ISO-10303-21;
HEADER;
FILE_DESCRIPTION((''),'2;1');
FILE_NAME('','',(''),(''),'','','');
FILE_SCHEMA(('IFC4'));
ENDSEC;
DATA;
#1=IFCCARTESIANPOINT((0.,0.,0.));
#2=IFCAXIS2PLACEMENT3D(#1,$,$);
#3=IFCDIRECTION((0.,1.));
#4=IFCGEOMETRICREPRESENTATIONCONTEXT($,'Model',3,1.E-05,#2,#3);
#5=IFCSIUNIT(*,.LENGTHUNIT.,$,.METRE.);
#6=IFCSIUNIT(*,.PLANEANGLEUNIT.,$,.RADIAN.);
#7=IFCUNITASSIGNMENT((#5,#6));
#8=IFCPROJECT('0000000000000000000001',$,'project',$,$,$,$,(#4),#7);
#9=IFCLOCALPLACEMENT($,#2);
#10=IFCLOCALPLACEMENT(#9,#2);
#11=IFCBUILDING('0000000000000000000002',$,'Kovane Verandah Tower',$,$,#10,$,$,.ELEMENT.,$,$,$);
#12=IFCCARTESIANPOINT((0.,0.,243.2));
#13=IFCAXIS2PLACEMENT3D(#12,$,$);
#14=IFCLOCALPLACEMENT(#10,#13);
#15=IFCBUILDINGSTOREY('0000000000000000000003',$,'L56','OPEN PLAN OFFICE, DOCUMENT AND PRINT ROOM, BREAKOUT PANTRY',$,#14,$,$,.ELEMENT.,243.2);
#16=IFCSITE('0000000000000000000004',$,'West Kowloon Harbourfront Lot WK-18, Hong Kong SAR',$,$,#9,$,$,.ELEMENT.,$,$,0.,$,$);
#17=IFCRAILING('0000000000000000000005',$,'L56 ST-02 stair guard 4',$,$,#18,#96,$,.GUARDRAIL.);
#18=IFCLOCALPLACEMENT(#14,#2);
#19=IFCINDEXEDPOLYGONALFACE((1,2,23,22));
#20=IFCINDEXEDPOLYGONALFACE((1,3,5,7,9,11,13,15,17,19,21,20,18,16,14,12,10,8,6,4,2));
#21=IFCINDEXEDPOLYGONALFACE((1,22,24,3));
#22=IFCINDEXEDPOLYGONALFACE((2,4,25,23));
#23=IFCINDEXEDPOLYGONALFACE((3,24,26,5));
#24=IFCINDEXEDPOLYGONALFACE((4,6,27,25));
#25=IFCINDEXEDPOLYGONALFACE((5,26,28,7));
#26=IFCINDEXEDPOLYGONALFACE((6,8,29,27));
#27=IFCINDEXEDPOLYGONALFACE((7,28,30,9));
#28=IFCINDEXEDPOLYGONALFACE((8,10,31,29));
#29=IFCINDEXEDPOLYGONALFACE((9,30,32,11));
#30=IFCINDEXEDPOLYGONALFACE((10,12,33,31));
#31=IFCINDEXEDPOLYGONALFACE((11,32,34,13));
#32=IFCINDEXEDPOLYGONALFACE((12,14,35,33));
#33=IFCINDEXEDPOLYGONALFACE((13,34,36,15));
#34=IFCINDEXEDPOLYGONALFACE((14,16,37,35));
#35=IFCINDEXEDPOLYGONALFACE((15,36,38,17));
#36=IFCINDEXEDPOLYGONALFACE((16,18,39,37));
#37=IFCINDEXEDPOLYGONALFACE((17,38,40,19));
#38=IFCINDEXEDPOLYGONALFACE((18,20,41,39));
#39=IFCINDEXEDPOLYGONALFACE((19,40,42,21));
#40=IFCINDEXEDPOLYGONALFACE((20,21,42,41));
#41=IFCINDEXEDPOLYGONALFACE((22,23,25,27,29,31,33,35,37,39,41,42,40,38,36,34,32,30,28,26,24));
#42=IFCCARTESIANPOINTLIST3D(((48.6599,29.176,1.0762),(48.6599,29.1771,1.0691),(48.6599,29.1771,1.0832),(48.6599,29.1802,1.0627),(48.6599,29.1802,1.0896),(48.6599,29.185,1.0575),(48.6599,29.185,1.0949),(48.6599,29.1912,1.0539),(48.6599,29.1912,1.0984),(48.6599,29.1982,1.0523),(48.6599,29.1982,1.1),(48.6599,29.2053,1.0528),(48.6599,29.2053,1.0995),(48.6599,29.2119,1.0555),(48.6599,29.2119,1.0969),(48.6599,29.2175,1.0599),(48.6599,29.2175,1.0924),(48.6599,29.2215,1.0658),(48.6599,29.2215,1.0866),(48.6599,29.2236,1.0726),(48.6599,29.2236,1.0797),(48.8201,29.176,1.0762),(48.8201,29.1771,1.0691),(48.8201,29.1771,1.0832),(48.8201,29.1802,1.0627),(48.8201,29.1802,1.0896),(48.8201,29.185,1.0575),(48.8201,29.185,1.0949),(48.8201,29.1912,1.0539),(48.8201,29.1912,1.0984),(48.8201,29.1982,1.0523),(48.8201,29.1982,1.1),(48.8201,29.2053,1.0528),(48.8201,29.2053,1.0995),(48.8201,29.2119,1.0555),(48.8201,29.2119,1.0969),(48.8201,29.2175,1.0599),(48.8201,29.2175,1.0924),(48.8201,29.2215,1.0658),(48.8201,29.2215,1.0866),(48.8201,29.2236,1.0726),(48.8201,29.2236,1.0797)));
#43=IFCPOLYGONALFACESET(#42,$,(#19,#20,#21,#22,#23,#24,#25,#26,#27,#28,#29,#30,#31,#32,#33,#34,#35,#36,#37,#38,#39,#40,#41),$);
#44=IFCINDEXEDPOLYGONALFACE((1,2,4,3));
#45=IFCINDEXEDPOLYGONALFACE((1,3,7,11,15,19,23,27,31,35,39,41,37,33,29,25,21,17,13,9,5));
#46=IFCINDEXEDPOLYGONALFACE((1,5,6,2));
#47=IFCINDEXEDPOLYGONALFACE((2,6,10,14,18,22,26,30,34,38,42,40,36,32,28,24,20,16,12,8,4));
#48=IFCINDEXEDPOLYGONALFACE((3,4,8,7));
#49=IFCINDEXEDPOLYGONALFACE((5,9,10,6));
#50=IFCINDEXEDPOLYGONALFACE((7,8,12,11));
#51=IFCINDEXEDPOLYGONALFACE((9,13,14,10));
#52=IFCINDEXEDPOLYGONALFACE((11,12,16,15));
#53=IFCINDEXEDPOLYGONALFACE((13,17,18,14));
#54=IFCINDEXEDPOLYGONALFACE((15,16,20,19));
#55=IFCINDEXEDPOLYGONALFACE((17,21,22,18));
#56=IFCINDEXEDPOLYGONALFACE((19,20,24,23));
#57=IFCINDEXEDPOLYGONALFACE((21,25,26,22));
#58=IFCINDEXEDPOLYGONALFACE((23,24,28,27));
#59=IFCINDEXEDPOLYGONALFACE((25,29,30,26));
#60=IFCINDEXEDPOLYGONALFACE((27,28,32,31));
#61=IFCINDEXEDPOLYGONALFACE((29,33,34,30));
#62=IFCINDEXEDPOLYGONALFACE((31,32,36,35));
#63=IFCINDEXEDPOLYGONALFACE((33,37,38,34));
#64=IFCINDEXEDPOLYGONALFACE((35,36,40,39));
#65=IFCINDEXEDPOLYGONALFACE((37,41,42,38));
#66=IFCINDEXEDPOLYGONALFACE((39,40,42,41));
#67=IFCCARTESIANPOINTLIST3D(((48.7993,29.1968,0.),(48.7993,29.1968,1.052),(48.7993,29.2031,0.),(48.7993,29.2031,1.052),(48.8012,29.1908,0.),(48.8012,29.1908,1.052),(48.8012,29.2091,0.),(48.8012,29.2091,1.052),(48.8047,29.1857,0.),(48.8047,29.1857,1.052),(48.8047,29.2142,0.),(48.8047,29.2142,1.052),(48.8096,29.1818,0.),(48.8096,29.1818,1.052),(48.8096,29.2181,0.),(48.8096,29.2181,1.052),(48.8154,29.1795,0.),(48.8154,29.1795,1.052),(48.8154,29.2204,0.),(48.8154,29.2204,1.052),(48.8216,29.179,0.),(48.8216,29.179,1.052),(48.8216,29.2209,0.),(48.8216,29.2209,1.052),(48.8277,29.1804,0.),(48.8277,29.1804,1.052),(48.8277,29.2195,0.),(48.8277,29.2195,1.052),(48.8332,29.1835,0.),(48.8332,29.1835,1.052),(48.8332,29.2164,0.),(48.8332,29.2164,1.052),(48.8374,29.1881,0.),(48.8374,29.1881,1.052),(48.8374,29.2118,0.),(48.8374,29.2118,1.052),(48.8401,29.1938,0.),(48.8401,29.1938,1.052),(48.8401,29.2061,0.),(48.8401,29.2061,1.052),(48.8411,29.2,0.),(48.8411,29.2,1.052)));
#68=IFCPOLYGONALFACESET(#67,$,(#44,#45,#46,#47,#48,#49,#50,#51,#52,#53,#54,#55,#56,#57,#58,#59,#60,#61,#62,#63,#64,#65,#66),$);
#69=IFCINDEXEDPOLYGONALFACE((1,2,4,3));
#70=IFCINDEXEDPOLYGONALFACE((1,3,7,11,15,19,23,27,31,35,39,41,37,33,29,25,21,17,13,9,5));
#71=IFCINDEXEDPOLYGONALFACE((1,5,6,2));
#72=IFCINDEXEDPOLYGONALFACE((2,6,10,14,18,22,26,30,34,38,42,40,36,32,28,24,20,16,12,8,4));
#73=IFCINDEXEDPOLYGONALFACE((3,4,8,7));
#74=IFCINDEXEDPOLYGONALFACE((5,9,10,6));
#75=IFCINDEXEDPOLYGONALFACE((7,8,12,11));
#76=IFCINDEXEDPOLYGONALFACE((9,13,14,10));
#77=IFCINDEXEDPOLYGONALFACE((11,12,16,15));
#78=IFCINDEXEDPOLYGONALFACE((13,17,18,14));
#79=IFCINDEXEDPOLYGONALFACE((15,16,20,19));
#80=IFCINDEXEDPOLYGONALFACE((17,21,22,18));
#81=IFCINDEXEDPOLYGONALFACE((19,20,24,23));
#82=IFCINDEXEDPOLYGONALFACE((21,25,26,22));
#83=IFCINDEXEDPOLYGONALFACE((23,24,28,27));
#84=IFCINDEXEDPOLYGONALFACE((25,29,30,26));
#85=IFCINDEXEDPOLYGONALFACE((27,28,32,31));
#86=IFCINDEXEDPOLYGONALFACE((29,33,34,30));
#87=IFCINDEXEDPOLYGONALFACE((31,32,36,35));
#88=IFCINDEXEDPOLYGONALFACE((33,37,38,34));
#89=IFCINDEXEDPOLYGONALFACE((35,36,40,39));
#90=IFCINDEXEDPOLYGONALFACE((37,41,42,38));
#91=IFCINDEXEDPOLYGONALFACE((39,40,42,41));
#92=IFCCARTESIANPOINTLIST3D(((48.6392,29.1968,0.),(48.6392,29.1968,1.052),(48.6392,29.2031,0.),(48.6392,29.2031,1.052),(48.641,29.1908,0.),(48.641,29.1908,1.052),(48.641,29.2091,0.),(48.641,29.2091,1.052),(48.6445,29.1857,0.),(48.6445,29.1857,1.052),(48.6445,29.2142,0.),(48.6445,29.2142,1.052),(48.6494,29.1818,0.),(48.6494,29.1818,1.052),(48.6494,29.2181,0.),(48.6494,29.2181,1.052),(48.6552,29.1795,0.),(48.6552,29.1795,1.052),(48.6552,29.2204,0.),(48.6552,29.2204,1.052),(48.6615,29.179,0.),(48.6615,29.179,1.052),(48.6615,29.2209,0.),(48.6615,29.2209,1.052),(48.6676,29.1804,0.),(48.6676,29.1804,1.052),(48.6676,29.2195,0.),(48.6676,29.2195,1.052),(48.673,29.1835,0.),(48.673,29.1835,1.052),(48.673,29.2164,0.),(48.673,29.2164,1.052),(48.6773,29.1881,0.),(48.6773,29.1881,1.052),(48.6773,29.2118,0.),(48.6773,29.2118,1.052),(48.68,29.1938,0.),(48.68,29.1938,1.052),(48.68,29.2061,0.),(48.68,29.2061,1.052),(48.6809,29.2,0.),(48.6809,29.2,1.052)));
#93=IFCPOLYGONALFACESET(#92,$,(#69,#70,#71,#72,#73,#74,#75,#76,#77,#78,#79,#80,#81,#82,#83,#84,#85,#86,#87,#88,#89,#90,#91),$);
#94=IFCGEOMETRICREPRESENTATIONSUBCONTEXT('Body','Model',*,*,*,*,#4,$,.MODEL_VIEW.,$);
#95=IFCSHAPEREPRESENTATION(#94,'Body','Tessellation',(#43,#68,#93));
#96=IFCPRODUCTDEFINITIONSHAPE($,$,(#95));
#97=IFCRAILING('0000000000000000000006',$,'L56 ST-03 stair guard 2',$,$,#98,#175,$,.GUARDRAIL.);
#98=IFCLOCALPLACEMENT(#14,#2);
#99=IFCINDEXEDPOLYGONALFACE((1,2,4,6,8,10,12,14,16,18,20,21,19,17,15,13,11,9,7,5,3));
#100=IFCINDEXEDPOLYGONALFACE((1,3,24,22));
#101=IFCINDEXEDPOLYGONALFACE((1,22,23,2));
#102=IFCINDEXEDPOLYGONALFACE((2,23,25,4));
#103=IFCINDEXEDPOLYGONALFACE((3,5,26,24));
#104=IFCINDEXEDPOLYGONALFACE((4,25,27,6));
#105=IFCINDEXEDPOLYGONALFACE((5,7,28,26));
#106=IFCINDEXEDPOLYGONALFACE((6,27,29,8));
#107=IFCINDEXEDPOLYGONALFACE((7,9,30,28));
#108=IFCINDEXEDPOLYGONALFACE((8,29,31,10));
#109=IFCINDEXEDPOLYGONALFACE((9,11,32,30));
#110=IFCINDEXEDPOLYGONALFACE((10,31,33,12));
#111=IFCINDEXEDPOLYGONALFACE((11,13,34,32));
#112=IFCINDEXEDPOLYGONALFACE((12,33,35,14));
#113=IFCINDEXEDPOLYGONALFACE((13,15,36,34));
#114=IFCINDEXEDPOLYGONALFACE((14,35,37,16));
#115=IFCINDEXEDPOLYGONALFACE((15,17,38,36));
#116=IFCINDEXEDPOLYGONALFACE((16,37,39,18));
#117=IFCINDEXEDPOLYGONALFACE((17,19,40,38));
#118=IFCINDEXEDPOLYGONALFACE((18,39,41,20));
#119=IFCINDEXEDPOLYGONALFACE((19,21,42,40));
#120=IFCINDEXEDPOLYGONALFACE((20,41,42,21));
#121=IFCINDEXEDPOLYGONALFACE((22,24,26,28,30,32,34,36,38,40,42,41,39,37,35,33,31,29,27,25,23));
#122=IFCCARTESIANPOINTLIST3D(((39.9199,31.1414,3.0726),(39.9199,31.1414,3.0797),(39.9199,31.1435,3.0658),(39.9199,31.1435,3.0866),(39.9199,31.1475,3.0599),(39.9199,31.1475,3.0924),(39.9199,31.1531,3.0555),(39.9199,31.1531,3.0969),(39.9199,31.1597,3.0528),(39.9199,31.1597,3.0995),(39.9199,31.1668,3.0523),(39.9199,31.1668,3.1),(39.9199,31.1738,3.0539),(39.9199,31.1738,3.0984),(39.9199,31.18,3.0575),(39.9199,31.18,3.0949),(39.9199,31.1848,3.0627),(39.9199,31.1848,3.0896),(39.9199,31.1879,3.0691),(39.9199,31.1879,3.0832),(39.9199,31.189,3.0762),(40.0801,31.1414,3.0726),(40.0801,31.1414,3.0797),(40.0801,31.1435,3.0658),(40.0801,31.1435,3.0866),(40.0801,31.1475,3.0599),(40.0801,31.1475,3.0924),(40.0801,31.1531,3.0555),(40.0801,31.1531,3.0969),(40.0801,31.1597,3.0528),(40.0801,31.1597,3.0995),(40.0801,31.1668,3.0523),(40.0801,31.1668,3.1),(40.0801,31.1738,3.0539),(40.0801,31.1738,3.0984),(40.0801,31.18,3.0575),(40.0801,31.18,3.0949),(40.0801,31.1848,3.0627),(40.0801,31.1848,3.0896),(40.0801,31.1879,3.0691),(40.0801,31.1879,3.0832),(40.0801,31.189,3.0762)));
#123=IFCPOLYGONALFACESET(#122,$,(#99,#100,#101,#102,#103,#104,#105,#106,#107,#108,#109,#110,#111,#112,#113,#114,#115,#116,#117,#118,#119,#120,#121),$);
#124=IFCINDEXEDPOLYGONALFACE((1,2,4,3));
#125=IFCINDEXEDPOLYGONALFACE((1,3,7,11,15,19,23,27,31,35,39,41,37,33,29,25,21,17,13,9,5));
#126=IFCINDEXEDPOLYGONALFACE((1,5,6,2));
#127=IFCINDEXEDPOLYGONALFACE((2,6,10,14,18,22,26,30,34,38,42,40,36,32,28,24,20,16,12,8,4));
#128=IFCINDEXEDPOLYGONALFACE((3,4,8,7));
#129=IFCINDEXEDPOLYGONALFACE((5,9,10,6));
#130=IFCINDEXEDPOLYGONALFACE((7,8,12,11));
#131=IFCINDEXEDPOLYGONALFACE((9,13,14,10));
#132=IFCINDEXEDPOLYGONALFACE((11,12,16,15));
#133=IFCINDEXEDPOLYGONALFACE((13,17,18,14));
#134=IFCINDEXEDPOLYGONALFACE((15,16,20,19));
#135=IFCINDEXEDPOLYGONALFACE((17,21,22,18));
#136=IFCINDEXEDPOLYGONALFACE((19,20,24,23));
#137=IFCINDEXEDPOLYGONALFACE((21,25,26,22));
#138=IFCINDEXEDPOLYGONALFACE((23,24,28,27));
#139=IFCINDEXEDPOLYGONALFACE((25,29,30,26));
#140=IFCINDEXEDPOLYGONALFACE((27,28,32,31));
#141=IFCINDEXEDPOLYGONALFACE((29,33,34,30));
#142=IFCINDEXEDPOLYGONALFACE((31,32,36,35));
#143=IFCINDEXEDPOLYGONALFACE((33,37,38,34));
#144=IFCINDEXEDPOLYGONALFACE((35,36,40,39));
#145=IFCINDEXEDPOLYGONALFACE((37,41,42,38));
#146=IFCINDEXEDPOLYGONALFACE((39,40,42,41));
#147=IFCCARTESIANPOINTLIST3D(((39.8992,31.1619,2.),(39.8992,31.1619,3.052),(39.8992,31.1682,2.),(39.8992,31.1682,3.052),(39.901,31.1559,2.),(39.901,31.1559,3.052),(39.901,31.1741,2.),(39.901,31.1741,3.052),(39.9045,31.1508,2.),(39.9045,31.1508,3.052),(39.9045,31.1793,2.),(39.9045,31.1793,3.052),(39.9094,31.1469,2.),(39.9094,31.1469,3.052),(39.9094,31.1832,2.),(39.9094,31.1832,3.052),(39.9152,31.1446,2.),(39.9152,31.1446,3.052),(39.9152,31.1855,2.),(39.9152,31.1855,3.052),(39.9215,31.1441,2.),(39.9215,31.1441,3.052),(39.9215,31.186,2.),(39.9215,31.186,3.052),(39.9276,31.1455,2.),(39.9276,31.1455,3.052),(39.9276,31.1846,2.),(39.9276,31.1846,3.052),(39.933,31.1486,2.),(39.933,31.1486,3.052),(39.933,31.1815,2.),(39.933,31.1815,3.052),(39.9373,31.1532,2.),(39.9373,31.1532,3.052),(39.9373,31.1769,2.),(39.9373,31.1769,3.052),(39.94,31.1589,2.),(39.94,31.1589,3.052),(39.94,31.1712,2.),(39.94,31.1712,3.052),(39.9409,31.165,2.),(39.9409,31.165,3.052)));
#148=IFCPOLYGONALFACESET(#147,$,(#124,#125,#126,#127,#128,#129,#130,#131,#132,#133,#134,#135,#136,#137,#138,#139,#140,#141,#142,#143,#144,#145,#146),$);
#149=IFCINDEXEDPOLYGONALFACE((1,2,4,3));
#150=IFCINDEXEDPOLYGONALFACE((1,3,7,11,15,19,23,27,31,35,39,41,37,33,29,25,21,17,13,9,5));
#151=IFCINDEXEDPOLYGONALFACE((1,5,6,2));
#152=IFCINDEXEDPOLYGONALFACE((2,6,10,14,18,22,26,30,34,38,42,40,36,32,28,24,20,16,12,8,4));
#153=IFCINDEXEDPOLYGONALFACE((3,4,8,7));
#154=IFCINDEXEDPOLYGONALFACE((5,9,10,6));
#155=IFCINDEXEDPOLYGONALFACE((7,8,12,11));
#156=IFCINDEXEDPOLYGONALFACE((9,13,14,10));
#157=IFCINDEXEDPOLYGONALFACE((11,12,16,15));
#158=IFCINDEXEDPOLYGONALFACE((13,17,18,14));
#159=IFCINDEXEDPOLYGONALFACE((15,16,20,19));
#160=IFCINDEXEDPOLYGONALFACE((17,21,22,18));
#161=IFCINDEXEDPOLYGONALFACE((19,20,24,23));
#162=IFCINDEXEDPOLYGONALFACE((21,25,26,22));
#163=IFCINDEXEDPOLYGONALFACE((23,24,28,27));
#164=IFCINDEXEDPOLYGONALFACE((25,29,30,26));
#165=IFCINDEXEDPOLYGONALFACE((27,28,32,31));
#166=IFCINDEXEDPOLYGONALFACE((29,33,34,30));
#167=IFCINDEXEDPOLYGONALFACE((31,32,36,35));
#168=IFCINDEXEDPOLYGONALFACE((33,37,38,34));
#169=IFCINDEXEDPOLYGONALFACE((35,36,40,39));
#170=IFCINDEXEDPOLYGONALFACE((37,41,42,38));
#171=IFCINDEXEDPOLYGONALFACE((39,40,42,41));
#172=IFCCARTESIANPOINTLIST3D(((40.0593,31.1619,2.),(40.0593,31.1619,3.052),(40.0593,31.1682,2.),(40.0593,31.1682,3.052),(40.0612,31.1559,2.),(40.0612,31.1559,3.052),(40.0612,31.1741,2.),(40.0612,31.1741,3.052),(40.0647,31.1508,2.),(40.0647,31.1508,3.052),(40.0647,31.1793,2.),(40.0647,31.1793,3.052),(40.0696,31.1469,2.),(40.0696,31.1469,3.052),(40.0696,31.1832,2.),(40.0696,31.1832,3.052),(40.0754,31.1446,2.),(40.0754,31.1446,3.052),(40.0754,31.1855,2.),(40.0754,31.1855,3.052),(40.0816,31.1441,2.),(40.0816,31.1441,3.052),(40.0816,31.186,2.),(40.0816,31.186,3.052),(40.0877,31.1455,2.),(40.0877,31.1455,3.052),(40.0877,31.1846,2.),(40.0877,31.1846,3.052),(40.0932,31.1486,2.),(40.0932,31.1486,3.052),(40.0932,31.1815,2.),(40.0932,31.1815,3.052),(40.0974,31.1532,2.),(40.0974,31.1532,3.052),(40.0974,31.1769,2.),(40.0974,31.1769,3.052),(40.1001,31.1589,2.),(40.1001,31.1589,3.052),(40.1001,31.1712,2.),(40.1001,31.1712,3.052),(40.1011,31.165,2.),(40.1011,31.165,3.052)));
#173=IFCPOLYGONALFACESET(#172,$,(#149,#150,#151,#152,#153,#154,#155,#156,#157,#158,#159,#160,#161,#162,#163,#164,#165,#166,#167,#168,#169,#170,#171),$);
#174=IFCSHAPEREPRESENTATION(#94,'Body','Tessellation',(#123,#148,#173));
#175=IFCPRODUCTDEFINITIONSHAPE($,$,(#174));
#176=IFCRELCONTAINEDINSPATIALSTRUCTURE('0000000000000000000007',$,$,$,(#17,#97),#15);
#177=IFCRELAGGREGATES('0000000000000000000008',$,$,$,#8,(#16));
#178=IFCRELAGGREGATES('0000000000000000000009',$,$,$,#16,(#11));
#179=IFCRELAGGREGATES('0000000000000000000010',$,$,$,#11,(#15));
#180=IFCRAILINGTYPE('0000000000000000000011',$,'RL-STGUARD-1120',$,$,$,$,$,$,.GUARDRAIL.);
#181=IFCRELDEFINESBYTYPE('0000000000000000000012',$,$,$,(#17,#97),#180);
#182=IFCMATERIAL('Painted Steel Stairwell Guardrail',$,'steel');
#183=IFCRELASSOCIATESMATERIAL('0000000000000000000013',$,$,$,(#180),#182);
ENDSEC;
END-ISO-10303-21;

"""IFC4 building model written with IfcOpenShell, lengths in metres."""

from ifc_helpers import new_model, si_unit, direction, frame, origin, origin_2d, place, context, subcontext, project, spatial, circle, extrude, material, type_object, element, save


model = new_model("IFC4")

# Units and contexts
model_context = context("Model", 3, precision=1e-05, world=origin(), true_north=direction((0.0, 1.0)))
body_context = subcontext(model_context, "Body", "Model", "MODEL_VIEW")
ifc_project = project(units=[si_unit("LENGTHUNIT", "METRE"), si_unit("PLANEANGLEUNIT", "RADIAN")], contexts=[model_context])

# Site, building, storey
site_placement = place(None, origin())
site = spatial("IfcSite", under=ifc_project, at=site_placement, Name="West Kowloon Harbourfront Lot WK-18, Hong Kong SAR", CompositionType="ELEMENT", RefElevation=0.0)
building_placement = place(site_placement, origin())
building = spatial("IfcBuilding", under=site, at=building_placement, Name="Kovane Verandah Tower", CompositionType="ELEMENT")
storey_placement = place(building_placement, frame((0.0, 0.0, 243.2)))
storey = spatial("IfcBuildingStorey", under=building, at=storey_placement, Name="L56", Description="OPEN PLAN OFFICE, DOCUMENT AND PRINT ROOM, BREAKOUT PANTRY", CompositionType="ELEMENT", Elevation=243.2)

# Railings
ifc_material_1 = material(Name="Painted Steel Stairwell Guardrail", Category="steel")
railing_type_1 = type_object("IfcRailingType", Name="RL-STGUARD-1120", PredefinedType="GUARDRAIL", material=ifc_material_1)
railing_1_placement = place(storey_placement, frame((48.8201, 29.2, 0.0)))
element("IfcRailing", 1, at=railing_1_placement, inside=storey, type_object=railing_type_1, Name="L56 ST-02 stair guard 4", PredefinedType="GUARDRAIL", context=body_context, shape_type="SweptSolid", body=[
    extrude(circle(Radius=0.0239, at=origin_2d()), frame((0.0, 0.0, 1.0762), z_axis=(-1.0, 0.0, 0.0), x_axis=(0.0, -1.0, 0.0)), (0.0, 0.0, 1.0), 0.1602),
    extrude(circle(Radius=0.021, at=origin_2d()), origin(), (0.0, 0.0, 1.0), 1.052),
    extrude(circle(Radius=0.021, at=origin_2d()), frame((-0.1602, 0.0, 0.0)), (0.0, 0.0, 1.0), 1.052),
])
railing_2_placement = place(storey_placement, frame((39.9199, 31.165, 2.0)))
element("IfcRailing", 2, at=railing_2_placement, inside=storey, type_object=railing_type_1, Name="L56 ST-03 stair guard 2", PredefinedType="GUARDRAIL", context=body_context, shape_type="SweptSolid", body=[
    extrude(circle(Radius=0.0239, at=origin_2d()), frame((0.0, 0.0, 1.0762), z_axis=(1.0, 0.0, 0.0), x_axis=(0.0, 1.0, 0.0)), (0.0, 0.0, 1.0), 0.1602),
    extrude(circle(Radius=0.021, at=origin_2d()), origin(), (0.0, 0.0, 1.0), 1.052),
    extrude(circle(Radius=0.021, at=origin_2d()), frame((0.1602, 0.0, 0.0)), (0.0, 0.0, 1.0), 1.052),
])

save(model, "model.ifc")
